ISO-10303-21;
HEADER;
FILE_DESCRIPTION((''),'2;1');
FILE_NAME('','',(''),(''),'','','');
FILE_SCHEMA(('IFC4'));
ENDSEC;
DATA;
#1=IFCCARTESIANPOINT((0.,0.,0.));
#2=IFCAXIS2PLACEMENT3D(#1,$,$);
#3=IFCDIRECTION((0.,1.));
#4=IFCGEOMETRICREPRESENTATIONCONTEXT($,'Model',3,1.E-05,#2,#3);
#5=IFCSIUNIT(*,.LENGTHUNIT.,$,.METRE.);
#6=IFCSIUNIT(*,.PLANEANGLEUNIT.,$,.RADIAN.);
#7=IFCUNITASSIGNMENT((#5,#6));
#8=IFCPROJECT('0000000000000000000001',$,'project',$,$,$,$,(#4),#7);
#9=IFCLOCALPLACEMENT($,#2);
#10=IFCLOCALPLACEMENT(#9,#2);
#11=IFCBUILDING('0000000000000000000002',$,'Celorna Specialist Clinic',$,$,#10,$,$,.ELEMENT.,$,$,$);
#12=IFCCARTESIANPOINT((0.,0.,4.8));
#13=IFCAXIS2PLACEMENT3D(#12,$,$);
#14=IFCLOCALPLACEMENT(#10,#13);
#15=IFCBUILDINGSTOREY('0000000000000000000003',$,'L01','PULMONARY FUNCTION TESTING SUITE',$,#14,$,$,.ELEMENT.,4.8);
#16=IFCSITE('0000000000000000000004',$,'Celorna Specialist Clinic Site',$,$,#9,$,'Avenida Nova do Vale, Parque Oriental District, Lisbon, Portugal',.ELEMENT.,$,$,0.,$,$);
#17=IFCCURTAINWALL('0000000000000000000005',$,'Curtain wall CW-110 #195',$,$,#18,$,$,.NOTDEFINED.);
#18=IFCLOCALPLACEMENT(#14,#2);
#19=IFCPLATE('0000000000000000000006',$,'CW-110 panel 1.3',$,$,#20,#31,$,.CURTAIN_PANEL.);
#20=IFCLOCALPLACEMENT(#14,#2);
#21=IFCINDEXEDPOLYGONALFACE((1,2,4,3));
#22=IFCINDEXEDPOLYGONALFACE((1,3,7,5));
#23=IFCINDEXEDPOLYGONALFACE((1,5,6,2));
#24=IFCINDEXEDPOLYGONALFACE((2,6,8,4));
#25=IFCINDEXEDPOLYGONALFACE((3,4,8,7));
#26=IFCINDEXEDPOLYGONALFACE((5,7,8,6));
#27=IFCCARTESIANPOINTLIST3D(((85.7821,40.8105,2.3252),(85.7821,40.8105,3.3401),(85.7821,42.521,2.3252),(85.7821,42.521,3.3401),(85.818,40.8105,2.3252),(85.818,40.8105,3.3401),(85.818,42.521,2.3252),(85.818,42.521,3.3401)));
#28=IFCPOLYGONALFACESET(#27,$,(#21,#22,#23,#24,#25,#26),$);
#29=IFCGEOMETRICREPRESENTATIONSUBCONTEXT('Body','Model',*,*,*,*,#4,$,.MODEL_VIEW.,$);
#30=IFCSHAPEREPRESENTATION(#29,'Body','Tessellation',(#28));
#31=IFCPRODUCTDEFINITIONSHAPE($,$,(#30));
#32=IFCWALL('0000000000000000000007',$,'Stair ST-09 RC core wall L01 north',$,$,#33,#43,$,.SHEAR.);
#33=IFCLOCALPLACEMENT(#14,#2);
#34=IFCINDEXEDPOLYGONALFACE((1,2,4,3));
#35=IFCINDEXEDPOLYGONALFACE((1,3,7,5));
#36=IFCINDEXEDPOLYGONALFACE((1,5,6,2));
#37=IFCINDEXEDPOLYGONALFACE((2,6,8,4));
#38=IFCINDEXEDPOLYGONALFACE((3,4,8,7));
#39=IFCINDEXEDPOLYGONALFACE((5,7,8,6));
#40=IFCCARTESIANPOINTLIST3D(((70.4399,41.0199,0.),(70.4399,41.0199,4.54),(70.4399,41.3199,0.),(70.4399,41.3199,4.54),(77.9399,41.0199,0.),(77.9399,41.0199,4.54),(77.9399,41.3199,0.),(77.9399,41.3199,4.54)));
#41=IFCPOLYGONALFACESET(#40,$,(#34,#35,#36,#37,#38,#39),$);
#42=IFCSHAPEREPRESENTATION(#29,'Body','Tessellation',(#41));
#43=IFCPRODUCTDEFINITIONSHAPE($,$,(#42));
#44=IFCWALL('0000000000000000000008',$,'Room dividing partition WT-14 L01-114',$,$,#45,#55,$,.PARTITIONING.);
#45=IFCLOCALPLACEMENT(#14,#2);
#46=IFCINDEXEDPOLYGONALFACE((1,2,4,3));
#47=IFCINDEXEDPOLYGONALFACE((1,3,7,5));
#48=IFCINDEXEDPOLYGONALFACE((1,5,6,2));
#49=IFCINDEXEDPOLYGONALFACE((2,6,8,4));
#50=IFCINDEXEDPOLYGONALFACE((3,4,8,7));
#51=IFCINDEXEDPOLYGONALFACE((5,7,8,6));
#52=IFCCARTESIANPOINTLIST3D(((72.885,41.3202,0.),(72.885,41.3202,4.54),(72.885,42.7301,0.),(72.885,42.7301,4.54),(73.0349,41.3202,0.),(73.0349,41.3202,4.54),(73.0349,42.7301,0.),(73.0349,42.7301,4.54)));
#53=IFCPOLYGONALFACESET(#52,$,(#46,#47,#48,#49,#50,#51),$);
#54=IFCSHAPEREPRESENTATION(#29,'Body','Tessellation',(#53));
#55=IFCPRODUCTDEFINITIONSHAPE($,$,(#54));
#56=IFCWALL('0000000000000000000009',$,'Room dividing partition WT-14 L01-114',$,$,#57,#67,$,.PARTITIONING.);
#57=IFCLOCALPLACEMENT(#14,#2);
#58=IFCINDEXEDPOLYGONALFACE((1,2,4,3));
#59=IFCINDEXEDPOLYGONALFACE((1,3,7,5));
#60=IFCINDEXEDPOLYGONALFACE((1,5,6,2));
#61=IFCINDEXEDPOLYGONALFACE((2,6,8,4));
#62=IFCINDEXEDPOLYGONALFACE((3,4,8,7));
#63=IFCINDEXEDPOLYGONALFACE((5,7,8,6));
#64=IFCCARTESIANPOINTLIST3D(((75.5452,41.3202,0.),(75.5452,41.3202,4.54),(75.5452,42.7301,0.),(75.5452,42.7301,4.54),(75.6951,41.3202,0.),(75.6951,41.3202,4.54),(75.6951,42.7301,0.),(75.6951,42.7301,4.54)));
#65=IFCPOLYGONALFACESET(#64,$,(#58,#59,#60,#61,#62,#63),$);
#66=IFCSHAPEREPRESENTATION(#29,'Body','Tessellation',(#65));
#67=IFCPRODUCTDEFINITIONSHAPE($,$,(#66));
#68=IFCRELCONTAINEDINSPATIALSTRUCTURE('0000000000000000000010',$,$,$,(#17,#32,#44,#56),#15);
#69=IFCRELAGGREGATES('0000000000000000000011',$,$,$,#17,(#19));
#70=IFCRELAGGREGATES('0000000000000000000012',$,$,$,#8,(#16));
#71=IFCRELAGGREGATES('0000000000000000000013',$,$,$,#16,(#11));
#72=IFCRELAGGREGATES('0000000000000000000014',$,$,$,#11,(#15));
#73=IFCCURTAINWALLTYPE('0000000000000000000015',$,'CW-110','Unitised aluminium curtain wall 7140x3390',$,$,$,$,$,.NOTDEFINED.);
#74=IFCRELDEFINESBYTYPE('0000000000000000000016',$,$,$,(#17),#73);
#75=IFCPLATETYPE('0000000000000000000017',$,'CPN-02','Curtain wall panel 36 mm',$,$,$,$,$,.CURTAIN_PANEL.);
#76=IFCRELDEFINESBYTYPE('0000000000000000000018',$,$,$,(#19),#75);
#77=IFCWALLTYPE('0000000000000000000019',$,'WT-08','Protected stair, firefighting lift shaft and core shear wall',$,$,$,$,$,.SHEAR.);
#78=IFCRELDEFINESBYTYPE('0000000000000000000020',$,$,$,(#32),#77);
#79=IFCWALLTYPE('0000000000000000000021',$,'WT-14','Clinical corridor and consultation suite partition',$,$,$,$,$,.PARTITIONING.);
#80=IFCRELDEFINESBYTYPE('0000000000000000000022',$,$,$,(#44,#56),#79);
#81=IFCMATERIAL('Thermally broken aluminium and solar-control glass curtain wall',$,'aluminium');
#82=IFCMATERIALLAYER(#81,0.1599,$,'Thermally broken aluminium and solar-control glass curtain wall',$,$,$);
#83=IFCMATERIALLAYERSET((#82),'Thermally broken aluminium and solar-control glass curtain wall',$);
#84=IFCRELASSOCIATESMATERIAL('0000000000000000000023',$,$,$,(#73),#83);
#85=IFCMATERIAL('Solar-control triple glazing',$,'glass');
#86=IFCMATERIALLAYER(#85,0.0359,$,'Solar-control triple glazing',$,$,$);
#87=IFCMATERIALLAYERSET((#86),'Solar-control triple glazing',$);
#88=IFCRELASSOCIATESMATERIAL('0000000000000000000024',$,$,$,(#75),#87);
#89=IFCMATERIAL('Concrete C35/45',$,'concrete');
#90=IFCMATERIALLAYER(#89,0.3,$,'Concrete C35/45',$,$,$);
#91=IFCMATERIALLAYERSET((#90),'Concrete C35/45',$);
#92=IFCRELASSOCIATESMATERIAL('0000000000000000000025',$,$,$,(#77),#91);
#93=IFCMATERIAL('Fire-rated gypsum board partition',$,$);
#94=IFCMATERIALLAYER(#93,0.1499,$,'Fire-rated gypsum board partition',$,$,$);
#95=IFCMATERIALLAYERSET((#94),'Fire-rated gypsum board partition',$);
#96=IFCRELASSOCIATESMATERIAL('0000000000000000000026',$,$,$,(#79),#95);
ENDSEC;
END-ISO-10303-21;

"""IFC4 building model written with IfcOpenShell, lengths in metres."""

from ifc_helpers import new_model, si_unit, direction, frame, frame_2d, origin, origin_2d, place, context, subcontext, project, spatial, rectangle, extrude, material, layer, layer_set, type_object, element, aggregate, save


model = new_model("IFC4")

# Units and contexts
model_context = context("Model", 3, precision=1e-05, world=origin(), true_north=direction((0.0, 1.0)))
body_context = subcontext(model_context, "Body", "Model", "MODEL_VIEW")
ifc_project = project(units=[si_unit("LENGTHUNIT", "METRE"), si_unit("PLANEANGLEUNIT", "RADIAN")], contexts=[model_context])

# Site, building, storey
site_placement = place(None, origin())
site = spatial("IfcSite", under=ifc_project, at=site_placement, Name="Celorna Specialist Clinic Site", LongName="Avenida Nova do Vale, Parque Oriental District, Lisbon, Portugal", CompositionType="ELEMENT", RefElevation=0.0)
building_placement = place(site_placement, origin())
building = spatial("IfcBuilding", under=site, at=building_placement, Name="Celorna Specialist Clinic", CompositionType="ELEMENT")
storey_placement = place(building_placement, frame((0.0, 0.0, 4.8)))
storey = spatial("IfcBuildingStorey", under=building, at=storey_placement, Name="L01", Description="PULMONARY FUNCTION TESTING SUITE", CompositionType="ELEMENT", Elevation=4.8)

# Shared definitions
ifc_material_1 = material(Name="Concrete C35/45", Category="concrete")

# Curtain wall, plate
ifc_material_2 = material(Name="Thermally broken aluminium and solar-control glass curtain wall", Category="aluminium")
ifc_layer_1 = layer(ifc_material_2, 0.1599, Name="Thermally broken aluminium and solar-control glass curtain wall")
ifc_layer_set_1 = layer_set([ifc_layer_1], Name="Thermally broken aluminium and solar-control glass curtain wall")
curtain_wall_type = type_object("IfcCurtainWallType", Name="CW-110", Description="Unitised aluminium curtain wall 7140x3390", PredefinedType="NOTDEFINED", material=ifc_layer_set_1)
curtain_wall_placement = place(storey_placement, origin())
curtain_wall = element("IfcCurtainWall", 1, at=curtain_wall_placement, inside=storey, type_object=curtain_wall_type, Name="Curtain wall CW-110 #195", PredefinedType="NOTDEFINED")
ifc_material_3 = material(Name="Solar-control triple glazing", Category="glass")
ifc_layer_2 = layer(ifc_material_3, 0.0359, Name="Solar-control triple glazing")
ifc_layer_set_2 = layer_set([ifc_layer_2], Name="Solar-control triple glazing")
plate_type = type_object("IfcPlateType", Name="CPN-02", Description="Curtain wall panel 36 mm", PredefinedType="CURTAIN_PANEL", material=ifc_layer_set_2)
plate_1_placement = place(storey_placement, frame((85.8, 41.6658, 2.3252), z_axis=(0.0, 0.0, 1.0), x_axis=(0.0, -1.0, 0.0)))
plate_1 = element("IfcPlate", 2, at=plate_1_placement, type_object=plate_type, Name="CW-110 panel 1.3", PredefinedType="CURTAIN_PANEL", context=body_context, shape_type="SweptSolid", body=[
    extrude(rectangle(XDim=1.7104, YDim=0.0359, at=origin_2d()), origin(), (0.0, 0.0, 1.0), 1.0149),
])
aggregate(curtain_wall, [plate_1])

# Walls
ifc_layer_3 = layer(ifc_material_1, 0.3, Name="Concrete C35/45")
ifc_layer_set_3 = layer_set([ifc_layer_3], Name="Concrete C35/45")
wall_type_1 = type_object("IfcWallType", Name="WT-08", Description="Protected stair, firefighting lift shaft and core shear wall", PredefinedType="SHEAR", material=ifc_layer_set_3)
wall_placement = place(storey_placement, frame((77.9399, 41.1699, 0.0), z_axis=(0.0, 0.0, 1.0), x_axis=(-1.0, 0.0, 0.0)))
element("IfcWall", 3, at=wall_placement, inside=storey, type_object=wall_type_1, Name="Stair ST-09 RC core wall L01 north", PredefinedType="SHEAR", context=body_context, shape_type="SweptSolid", body=[
    extrude(rectangle(XDim=7.5, YDim=0.3, at=frame_2d((3.75, 0.0))), origin(), (0.0, 0.0, 1.0), 4.54),
])
ifc_material_4 = material(Name="Fire-rated gypsum board partition")
ifc_layer_4 = layer(ifc_material_4, 0.1499, Name="Fire-rated gypsum board partition")
ifc_layer_set_4 = layer_set([ifc_layer_4], Name="Fire-rated gypsum board partition")
wall_type_2 = type_object("IfcWallType", Name="WT-14", Description="Clinical corridor and consultation suite partition", PredefinedType="PARTITIONING", material=ifc_layer_set_4)
for number, where, z_axis, x_axis, name in (
    (4, (72.96, 41.3201, 0.0), (0.0, 0.0, 1.0), (0.0, 1.0, 0.0), "Room dividing partition WT-14 L01-114"),
    (5, (75.6201, 41.3201, 0.0), (0.0, 0.0, 1.0), (0.0, 1.0, 0.0), "Room dividing partition WT-14 L01-114"),
):
    element("IfcWall", number, at=place(storey_placement, frame(where, z_axis=z_axis, x_axis=x_axis)), inside=storey, type_object=wall_type_2, Name=name, PredefinedType="PARTITIONING", context=body_context, shape_type="SweptSolid", body=[
        extrude(rectangle(XDim=1.4099, YDim=0.1499, at=frame_2d((0.7051, 0.0))), origin(), (0.0, 0.0, 1.0), 4.54),
    ])

save(model, "model.ifc")
